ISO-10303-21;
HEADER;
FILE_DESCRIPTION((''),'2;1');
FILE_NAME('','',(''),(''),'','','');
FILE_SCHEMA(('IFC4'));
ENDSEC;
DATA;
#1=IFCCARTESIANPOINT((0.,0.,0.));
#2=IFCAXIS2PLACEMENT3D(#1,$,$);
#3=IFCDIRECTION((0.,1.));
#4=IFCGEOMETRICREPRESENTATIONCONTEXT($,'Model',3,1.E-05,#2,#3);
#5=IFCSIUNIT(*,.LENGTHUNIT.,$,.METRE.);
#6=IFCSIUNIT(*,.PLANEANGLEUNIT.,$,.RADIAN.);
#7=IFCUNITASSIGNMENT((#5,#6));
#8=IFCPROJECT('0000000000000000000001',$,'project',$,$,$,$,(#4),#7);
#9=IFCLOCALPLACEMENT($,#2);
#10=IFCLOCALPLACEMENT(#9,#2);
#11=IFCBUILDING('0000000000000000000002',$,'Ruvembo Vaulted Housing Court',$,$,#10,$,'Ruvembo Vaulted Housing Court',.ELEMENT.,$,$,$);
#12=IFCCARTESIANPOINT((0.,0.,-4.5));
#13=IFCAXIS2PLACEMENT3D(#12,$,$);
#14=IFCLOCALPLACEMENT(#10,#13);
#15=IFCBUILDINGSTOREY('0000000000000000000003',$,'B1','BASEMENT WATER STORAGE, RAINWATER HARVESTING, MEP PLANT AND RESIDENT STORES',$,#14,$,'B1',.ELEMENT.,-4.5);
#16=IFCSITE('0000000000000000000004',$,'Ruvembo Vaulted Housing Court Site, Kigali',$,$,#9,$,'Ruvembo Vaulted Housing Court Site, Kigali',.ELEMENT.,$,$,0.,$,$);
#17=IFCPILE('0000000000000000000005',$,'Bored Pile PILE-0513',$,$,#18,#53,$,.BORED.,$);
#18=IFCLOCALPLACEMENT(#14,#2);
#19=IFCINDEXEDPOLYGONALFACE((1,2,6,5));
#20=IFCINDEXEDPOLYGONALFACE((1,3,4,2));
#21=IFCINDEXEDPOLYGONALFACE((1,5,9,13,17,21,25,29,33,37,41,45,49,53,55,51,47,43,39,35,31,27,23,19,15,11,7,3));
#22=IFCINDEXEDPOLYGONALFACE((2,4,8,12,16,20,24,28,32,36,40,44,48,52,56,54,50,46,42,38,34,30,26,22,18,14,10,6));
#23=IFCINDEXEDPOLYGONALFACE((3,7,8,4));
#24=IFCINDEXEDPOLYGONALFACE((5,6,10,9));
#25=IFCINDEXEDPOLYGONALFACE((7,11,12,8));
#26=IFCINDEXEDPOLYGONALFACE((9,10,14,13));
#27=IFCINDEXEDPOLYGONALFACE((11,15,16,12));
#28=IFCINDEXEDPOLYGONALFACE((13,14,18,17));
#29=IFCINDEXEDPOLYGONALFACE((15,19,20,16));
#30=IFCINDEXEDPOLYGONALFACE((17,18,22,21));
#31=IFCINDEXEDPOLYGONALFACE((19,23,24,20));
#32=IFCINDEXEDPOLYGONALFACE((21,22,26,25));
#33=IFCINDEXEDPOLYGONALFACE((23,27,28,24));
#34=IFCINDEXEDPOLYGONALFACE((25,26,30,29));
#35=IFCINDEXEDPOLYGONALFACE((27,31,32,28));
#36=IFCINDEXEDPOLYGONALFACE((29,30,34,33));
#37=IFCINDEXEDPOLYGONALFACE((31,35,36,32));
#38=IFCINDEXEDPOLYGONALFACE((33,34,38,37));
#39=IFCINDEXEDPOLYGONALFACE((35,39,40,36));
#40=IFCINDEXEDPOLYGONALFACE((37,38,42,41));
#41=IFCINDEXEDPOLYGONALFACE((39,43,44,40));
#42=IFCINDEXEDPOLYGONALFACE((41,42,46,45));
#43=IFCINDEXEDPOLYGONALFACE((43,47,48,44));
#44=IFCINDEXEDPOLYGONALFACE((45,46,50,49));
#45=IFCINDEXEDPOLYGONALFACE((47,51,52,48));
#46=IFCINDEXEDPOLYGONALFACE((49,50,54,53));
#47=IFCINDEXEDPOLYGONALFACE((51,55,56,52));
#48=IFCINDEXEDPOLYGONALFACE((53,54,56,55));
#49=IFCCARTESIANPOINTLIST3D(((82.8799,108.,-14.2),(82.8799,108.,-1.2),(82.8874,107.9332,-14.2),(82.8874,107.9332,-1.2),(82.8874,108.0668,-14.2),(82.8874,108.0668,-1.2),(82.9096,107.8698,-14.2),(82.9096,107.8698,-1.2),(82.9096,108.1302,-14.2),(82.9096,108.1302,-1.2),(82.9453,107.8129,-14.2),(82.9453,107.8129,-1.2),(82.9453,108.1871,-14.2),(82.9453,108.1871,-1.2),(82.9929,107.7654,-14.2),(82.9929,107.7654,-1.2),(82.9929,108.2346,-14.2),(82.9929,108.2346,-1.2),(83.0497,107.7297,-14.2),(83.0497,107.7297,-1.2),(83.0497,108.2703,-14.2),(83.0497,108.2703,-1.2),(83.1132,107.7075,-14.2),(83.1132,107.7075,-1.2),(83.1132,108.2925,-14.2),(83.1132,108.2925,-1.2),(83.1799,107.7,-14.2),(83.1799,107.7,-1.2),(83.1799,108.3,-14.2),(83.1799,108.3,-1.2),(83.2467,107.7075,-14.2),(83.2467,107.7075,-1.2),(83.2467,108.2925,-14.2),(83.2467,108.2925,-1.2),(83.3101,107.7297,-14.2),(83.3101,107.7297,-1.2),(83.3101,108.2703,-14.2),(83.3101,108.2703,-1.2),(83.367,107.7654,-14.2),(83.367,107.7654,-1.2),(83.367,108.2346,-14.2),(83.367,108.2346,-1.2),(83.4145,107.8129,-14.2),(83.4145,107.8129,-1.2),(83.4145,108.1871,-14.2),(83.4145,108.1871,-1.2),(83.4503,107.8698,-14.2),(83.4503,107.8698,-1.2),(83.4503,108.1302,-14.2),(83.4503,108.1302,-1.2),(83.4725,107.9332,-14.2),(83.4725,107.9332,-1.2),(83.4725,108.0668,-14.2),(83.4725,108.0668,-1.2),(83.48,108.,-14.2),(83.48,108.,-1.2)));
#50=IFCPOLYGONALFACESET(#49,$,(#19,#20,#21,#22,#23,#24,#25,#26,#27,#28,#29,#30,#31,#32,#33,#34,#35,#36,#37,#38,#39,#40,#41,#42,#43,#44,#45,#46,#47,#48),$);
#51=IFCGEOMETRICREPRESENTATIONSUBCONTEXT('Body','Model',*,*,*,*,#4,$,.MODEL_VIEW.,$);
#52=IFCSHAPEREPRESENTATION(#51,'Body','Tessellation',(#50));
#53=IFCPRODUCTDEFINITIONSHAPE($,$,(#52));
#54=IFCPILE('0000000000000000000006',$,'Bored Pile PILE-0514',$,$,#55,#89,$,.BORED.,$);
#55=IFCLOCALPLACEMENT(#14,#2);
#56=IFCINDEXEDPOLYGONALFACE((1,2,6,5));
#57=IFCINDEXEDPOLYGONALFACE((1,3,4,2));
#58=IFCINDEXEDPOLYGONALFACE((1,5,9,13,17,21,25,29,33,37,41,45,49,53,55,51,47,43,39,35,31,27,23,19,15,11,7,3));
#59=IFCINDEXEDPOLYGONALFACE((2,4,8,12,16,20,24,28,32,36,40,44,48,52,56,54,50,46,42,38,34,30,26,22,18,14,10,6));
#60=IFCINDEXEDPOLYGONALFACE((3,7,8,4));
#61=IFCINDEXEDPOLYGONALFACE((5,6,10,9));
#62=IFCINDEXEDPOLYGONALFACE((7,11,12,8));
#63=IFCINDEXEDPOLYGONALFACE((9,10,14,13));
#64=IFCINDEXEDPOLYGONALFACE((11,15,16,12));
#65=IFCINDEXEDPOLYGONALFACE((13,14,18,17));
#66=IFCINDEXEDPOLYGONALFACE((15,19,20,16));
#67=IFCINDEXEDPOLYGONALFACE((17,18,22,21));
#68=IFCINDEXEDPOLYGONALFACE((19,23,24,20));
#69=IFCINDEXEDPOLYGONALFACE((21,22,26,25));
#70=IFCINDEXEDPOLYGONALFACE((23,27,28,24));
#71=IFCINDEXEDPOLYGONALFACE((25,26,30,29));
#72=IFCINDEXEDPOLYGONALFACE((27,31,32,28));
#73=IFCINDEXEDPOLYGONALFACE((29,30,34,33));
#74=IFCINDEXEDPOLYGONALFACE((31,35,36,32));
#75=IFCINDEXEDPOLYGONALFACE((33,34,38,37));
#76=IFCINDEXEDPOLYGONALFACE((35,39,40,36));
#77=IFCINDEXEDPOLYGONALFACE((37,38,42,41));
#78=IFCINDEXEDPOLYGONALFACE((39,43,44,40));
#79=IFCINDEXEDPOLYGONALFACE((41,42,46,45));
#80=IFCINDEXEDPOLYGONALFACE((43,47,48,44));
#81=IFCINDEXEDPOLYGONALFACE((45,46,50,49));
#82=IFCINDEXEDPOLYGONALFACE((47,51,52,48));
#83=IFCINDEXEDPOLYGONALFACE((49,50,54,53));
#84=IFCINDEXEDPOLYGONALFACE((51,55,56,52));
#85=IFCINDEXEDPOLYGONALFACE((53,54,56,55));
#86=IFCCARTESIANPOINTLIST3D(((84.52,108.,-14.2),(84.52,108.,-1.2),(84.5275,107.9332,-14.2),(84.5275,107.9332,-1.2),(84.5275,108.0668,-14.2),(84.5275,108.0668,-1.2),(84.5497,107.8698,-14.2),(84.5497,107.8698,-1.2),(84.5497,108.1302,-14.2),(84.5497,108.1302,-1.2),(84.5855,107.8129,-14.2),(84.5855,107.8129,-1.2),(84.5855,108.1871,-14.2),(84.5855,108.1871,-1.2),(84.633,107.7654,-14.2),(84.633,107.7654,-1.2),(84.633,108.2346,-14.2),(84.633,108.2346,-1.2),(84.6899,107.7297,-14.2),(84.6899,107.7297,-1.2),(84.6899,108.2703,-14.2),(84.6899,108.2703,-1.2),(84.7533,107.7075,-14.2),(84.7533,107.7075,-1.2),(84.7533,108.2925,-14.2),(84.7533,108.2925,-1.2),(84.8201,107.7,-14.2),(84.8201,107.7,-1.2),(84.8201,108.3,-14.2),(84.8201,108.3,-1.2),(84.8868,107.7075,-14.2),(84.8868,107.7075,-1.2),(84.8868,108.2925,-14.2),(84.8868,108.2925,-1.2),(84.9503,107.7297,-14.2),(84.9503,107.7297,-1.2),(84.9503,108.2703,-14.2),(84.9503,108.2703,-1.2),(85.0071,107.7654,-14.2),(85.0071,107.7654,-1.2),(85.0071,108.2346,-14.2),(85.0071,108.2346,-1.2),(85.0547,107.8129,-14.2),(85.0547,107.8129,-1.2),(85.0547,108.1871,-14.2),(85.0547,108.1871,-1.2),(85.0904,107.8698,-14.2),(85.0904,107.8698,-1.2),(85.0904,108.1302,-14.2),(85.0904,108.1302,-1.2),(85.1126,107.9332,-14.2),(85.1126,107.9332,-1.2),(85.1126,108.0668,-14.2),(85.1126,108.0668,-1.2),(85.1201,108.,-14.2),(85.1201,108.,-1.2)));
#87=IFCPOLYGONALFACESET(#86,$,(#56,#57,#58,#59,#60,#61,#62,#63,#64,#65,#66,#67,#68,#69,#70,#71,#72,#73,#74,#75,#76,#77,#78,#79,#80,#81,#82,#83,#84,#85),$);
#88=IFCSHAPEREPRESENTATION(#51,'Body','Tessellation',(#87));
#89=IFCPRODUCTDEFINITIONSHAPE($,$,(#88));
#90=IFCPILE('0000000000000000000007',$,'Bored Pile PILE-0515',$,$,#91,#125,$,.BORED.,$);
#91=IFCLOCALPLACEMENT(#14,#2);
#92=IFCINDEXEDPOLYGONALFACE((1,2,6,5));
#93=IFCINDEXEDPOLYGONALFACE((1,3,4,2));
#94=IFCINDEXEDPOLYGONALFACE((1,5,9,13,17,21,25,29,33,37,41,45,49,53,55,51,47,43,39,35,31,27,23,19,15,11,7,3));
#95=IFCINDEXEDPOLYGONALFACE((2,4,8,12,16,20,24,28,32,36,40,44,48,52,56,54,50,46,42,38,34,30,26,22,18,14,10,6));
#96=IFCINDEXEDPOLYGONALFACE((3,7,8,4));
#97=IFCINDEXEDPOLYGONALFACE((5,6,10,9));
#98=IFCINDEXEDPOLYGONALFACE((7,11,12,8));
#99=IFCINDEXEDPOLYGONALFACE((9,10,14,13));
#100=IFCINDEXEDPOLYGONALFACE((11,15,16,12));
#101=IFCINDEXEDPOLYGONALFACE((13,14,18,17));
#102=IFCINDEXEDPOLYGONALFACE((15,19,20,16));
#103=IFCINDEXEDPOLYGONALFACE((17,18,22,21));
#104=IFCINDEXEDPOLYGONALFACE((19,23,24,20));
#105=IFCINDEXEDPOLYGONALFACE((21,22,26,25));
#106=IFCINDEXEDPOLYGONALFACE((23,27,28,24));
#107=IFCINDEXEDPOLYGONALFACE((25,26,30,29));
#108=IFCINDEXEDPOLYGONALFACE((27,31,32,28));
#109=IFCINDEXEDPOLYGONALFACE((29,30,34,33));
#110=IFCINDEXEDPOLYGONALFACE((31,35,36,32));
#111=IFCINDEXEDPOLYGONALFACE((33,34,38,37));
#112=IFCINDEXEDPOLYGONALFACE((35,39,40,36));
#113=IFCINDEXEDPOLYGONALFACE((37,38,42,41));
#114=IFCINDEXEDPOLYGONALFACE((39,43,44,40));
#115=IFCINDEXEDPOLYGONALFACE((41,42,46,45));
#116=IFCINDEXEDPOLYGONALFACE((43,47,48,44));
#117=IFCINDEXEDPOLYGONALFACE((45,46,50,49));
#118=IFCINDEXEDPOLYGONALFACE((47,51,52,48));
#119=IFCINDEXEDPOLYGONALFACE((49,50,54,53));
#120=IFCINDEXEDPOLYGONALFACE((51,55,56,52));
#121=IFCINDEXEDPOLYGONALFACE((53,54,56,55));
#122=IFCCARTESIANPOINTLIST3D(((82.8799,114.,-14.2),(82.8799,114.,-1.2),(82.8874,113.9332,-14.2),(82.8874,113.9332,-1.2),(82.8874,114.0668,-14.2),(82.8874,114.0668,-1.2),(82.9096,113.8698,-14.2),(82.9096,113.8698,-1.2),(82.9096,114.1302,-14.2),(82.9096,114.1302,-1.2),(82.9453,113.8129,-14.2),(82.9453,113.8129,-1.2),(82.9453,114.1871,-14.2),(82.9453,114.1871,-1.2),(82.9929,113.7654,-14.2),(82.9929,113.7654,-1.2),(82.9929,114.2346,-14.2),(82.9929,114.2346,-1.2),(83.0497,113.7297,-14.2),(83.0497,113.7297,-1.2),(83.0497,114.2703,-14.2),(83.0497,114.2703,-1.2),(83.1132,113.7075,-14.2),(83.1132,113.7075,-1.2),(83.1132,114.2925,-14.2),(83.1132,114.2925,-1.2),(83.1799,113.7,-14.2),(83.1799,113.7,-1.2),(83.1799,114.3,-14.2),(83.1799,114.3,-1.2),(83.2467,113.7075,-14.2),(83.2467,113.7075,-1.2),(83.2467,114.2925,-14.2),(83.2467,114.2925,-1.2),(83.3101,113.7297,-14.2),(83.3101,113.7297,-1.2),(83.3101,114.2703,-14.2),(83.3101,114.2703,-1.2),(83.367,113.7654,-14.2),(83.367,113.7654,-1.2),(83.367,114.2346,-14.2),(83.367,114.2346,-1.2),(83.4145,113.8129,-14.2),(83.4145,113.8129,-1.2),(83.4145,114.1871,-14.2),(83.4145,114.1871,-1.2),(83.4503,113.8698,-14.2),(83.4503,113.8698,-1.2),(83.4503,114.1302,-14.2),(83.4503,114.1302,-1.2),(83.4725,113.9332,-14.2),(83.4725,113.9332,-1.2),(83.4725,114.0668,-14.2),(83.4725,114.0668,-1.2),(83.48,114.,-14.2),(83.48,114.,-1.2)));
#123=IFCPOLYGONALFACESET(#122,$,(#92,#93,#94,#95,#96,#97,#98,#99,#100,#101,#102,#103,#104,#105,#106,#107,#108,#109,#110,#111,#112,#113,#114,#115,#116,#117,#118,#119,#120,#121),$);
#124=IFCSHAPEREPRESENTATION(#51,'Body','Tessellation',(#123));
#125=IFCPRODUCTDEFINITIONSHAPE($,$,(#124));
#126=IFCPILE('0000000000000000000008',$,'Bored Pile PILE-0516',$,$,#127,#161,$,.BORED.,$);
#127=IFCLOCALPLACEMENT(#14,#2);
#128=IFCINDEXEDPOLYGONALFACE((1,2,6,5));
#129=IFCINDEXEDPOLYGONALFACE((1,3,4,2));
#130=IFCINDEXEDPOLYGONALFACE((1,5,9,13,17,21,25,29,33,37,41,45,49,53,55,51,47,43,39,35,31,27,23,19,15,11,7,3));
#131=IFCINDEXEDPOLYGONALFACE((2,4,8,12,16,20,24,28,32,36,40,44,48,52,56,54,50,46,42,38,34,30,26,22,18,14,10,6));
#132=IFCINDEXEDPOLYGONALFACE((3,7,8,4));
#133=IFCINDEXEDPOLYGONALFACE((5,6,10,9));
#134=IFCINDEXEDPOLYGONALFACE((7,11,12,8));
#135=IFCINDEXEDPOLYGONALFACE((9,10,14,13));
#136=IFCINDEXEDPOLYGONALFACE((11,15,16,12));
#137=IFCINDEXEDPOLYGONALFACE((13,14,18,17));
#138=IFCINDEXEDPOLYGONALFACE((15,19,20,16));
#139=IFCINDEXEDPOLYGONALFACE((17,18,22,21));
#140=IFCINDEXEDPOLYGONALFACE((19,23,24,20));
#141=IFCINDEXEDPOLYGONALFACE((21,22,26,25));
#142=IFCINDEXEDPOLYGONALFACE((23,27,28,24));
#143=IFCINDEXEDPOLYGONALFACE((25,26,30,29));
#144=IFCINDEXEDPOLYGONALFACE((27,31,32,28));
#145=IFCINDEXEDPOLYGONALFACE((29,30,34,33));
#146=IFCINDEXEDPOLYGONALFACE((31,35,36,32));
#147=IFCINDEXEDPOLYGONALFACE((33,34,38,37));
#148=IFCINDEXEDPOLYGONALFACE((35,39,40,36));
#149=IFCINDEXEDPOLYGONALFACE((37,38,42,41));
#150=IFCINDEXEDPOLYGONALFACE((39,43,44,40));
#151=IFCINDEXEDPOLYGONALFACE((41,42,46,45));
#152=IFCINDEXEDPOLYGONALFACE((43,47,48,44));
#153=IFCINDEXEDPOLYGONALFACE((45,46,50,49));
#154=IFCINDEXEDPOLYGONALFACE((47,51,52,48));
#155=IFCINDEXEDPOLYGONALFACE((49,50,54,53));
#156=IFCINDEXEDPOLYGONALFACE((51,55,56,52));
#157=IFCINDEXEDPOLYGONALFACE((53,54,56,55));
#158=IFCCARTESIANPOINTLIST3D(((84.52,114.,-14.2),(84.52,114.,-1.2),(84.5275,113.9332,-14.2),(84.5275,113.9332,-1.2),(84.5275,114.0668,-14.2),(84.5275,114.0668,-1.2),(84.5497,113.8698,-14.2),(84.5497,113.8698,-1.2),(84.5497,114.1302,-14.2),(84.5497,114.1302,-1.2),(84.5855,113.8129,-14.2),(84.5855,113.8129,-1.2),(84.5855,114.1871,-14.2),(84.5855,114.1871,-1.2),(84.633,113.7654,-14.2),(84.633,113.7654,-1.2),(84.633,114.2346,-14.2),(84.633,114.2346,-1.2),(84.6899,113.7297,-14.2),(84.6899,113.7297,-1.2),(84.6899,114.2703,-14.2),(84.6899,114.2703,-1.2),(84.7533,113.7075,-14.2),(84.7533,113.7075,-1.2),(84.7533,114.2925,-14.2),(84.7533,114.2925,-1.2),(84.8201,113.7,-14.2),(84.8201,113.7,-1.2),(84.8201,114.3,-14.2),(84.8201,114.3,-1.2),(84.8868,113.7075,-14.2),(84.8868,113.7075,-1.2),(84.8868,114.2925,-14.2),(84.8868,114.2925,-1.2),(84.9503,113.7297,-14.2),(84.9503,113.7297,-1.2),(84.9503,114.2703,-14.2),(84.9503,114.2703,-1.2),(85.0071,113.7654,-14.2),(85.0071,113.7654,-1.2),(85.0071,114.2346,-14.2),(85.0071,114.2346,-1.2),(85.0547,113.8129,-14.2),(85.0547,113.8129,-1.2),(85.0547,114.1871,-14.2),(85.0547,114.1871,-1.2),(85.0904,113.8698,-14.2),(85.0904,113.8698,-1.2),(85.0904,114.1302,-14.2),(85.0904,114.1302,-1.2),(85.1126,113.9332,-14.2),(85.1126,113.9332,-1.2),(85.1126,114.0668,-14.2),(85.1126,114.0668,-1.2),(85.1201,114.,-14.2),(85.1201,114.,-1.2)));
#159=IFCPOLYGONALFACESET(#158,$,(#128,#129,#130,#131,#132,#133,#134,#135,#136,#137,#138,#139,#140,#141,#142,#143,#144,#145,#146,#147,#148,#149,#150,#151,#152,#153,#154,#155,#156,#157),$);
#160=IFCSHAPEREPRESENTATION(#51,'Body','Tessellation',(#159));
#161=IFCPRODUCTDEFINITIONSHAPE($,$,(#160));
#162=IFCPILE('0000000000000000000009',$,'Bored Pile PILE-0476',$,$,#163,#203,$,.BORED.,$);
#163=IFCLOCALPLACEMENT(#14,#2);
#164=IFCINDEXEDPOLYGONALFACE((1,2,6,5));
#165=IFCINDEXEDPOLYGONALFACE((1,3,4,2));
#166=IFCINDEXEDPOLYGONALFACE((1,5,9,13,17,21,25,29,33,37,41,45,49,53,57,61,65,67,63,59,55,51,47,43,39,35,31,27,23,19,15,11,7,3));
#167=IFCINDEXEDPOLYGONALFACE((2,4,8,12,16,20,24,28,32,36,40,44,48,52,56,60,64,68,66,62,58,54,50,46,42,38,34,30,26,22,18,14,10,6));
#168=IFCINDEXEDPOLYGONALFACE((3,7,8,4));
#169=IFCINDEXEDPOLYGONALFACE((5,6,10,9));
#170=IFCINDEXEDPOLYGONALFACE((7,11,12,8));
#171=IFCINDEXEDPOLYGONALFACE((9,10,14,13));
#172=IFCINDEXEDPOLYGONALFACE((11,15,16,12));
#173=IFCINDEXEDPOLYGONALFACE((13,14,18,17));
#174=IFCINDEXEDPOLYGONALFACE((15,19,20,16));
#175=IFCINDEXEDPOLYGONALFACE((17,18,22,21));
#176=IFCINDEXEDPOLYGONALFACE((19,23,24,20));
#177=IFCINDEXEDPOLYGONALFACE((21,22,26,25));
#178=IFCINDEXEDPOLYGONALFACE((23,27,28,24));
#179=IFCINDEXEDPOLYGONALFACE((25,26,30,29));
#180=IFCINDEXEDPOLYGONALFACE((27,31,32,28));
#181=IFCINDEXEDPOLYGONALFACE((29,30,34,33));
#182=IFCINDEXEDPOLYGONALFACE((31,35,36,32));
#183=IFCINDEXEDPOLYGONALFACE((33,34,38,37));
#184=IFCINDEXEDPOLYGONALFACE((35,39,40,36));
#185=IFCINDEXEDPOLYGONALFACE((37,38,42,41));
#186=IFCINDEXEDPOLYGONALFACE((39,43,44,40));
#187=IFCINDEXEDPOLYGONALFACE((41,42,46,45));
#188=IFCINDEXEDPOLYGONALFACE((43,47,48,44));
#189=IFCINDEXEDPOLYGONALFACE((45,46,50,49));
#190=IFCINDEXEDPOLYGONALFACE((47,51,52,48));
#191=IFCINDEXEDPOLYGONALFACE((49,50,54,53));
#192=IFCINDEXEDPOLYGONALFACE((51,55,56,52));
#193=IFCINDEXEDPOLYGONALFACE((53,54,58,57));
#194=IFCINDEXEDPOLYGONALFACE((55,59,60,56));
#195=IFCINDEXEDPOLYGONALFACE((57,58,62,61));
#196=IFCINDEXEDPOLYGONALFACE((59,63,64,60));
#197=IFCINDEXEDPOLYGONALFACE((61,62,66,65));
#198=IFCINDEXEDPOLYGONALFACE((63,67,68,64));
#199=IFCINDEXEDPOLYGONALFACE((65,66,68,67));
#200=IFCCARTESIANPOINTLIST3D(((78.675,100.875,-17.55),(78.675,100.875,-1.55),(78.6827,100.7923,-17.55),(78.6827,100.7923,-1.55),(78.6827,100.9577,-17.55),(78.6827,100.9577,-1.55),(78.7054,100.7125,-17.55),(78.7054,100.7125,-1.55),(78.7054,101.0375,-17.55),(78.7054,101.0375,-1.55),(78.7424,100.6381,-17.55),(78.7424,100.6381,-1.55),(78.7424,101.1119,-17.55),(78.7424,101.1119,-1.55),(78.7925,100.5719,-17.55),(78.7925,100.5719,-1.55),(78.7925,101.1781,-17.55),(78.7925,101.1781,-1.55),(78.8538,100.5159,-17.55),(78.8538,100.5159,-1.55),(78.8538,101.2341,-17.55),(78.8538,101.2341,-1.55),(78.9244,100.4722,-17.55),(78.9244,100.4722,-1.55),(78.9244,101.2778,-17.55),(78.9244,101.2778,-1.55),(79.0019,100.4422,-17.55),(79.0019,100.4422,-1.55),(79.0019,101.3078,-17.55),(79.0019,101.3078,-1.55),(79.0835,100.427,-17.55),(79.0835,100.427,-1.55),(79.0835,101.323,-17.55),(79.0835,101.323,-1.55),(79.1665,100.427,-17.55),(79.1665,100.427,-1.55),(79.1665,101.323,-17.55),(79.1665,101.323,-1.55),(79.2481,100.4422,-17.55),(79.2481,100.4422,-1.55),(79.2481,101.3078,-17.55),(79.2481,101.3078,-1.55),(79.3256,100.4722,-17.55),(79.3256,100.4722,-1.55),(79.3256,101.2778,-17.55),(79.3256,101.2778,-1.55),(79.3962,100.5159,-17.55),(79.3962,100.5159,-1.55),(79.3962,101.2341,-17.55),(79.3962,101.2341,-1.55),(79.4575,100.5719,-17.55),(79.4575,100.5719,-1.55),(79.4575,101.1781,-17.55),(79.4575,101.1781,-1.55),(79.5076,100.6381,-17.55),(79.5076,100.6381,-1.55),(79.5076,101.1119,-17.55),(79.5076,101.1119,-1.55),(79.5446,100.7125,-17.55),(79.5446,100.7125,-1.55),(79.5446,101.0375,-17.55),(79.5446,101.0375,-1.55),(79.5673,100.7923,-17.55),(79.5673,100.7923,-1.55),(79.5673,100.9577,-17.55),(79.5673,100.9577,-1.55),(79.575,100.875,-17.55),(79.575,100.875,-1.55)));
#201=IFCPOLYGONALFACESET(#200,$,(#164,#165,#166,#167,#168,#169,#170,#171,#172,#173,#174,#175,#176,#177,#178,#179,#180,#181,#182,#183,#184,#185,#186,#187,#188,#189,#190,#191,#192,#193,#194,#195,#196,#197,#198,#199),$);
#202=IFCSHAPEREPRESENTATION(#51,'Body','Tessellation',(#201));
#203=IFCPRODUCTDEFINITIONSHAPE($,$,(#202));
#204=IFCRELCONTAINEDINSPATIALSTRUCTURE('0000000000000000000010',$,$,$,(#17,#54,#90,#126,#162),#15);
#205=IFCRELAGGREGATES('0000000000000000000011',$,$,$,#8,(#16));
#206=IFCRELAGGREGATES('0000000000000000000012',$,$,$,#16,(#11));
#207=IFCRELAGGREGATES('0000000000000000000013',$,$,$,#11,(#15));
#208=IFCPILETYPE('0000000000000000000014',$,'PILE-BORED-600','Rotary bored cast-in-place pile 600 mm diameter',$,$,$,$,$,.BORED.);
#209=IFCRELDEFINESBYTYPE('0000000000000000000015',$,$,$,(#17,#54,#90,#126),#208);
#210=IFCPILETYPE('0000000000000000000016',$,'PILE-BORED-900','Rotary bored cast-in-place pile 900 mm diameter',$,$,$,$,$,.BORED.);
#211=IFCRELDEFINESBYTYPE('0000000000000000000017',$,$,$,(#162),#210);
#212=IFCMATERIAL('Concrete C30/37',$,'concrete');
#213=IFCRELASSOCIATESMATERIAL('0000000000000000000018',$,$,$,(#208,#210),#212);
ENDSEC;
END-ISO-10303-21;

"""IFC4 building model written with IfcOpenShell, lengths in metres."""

from ifc_helpers import new_model, si_unit, direction, frame, origin, origin_2d, place, context, subcontext, project, spatial, circle, extrude, material, material_profile, profile_set, type_object, element, save


model = new_model("IFC4")

# Units and contexts
model_context = context("Model", 3, precision=1e-05, world=origin(), true_north=direction((0.0, 1.0)))
body_context = subcontext(model_context, "Body", "Model", "MODEL_VIEW")
ifc_project = project(units=[si_unit("LENGTHUNIT", "METRE"), si_unit("PLANEANGLEUNIT", "RADIAN")], contexts=[model_context])

# Site, building, storey
site_placement = place(None, origin())
site = spatial("IfcSite", under=ifc_project, at=site_placement, Name="Ruvembo Vaulted Housing Court Site, Kigali", LongName="Ruvembo Vaulted Housing Court Site, Kigali", CompositionType="ELEMENT", RefElevation=0.0)
building_placement = place(site_placement, origin())
building = spatial("IfcBuilding", under=site, at=building_placement, Name="Ruvembo Vaulted Housing Court", LongName="Ruvembo Vaulted Housing Court", CompositionType="ELEMENT")
storey_placement = place(building_placement, frame((0.0, 0.0, -4.5)))
storey = spatial("IfcBuildingStorey", under=building, at=storey_placement, Name="B1", Description="BASEMENT WATER STORAGE, RAINWATER HARVESTING, MEP PLANT AND RESIDENT STORES", LongName="B1", CompositionType="ELEMENT", Elevation=-4.5)

# Piles
ifc_material_1 = material(Name="Concrete C30/37", Category="concrete")
ifc_material_profile_1 = material_profile(ifc_material_1, circle(Radius=0.3, at=origin_2d()), Name="PILE D600")
ifc_profile_set_1 = profile_set([ifc_material_profile_1], Name="Concrete C30/37")
pile_type_1 = type_object("IfcPileType", Name="PILE-BORED-600", Description="Rotary bored cast-in-place pile 600 mm diameter", PredefinedType="BORED", material=ifc_profile_set_1)
for number, where, z_axis, x_axis, name in (
    (1, (83.1799, 108.0, -1.2), (0.0, 0.0, -1.0), (1.0, 0.0, 0.0), "Bored Pile PILE-0513"),
    (2, (84.8201, 108.0, -1.2), (0.0, 0.0, -1.0), (1.0, 0.0, 0.0), "Bored Pile PILE-0514"),
    (3, (83.1799, 114.0, -1.2), (0.0, 0.0, -1.0), (1.0, 0.0, 0.0), "Bored Pile PILE-0515"),
    (4, (84.8201, 114.0, -1.2), (0.0, 0.0, -1.0), (1.0, 0.0, 0.0), "Bored Pile PILE-0516"),
):
    element("IfcPile", number, at=place(storey_placement, frame(where, z_axis=z_axis, x_axis=x_axis)), inside=storey, type_object=pile_type_1, Name=name, PredefinedType="BORED", context=body_context, shape_type="SweptSolid", body=[
        extrude(circle(Radius=0.3, at=origin_2d()), origin(), (0.0, 0.0, 1.0), 13.0),
    ])
ifc_material_profile_2 = material_profile(ifc_material_1, circle(Radius=0.45, at=origin_2d()), Name="PILE D900")
ifc_profile_set_2 = profile_set([ifc_material_profile_2], Name="Concrete C30/37")
pile_type_2 = type_object("IfcPileType", Name="PILE-BORED-900", Description="Rotary bored cast-in-place pile 900 mm diameter", PredefinedType="BORED", material=ifc_profile_set_2)
for number, where, z_axis, x_axis, name in (
    (5, (79.125, 100.875, -1.55), (0.0, 0.0, -1.0), (1.0, 0.0, 0.0), "Bored Pile PILE-0476"),
):
    element("IfcPile", number, at=place(storey_placement, frame(where, z_axis=z_axis, x_axis=x_axis)), inside=storey, type_object=pile_type_2, Name=name, PredefinedType="BORED", context=body_context, shape_type="SweptSolid", body=[
        extrude(circle(Radius=0.45, at=origin_2d()), origin(), (0.0, 0.0, 1.0), 16.0),
    ])

save(model, "model.ifc")
